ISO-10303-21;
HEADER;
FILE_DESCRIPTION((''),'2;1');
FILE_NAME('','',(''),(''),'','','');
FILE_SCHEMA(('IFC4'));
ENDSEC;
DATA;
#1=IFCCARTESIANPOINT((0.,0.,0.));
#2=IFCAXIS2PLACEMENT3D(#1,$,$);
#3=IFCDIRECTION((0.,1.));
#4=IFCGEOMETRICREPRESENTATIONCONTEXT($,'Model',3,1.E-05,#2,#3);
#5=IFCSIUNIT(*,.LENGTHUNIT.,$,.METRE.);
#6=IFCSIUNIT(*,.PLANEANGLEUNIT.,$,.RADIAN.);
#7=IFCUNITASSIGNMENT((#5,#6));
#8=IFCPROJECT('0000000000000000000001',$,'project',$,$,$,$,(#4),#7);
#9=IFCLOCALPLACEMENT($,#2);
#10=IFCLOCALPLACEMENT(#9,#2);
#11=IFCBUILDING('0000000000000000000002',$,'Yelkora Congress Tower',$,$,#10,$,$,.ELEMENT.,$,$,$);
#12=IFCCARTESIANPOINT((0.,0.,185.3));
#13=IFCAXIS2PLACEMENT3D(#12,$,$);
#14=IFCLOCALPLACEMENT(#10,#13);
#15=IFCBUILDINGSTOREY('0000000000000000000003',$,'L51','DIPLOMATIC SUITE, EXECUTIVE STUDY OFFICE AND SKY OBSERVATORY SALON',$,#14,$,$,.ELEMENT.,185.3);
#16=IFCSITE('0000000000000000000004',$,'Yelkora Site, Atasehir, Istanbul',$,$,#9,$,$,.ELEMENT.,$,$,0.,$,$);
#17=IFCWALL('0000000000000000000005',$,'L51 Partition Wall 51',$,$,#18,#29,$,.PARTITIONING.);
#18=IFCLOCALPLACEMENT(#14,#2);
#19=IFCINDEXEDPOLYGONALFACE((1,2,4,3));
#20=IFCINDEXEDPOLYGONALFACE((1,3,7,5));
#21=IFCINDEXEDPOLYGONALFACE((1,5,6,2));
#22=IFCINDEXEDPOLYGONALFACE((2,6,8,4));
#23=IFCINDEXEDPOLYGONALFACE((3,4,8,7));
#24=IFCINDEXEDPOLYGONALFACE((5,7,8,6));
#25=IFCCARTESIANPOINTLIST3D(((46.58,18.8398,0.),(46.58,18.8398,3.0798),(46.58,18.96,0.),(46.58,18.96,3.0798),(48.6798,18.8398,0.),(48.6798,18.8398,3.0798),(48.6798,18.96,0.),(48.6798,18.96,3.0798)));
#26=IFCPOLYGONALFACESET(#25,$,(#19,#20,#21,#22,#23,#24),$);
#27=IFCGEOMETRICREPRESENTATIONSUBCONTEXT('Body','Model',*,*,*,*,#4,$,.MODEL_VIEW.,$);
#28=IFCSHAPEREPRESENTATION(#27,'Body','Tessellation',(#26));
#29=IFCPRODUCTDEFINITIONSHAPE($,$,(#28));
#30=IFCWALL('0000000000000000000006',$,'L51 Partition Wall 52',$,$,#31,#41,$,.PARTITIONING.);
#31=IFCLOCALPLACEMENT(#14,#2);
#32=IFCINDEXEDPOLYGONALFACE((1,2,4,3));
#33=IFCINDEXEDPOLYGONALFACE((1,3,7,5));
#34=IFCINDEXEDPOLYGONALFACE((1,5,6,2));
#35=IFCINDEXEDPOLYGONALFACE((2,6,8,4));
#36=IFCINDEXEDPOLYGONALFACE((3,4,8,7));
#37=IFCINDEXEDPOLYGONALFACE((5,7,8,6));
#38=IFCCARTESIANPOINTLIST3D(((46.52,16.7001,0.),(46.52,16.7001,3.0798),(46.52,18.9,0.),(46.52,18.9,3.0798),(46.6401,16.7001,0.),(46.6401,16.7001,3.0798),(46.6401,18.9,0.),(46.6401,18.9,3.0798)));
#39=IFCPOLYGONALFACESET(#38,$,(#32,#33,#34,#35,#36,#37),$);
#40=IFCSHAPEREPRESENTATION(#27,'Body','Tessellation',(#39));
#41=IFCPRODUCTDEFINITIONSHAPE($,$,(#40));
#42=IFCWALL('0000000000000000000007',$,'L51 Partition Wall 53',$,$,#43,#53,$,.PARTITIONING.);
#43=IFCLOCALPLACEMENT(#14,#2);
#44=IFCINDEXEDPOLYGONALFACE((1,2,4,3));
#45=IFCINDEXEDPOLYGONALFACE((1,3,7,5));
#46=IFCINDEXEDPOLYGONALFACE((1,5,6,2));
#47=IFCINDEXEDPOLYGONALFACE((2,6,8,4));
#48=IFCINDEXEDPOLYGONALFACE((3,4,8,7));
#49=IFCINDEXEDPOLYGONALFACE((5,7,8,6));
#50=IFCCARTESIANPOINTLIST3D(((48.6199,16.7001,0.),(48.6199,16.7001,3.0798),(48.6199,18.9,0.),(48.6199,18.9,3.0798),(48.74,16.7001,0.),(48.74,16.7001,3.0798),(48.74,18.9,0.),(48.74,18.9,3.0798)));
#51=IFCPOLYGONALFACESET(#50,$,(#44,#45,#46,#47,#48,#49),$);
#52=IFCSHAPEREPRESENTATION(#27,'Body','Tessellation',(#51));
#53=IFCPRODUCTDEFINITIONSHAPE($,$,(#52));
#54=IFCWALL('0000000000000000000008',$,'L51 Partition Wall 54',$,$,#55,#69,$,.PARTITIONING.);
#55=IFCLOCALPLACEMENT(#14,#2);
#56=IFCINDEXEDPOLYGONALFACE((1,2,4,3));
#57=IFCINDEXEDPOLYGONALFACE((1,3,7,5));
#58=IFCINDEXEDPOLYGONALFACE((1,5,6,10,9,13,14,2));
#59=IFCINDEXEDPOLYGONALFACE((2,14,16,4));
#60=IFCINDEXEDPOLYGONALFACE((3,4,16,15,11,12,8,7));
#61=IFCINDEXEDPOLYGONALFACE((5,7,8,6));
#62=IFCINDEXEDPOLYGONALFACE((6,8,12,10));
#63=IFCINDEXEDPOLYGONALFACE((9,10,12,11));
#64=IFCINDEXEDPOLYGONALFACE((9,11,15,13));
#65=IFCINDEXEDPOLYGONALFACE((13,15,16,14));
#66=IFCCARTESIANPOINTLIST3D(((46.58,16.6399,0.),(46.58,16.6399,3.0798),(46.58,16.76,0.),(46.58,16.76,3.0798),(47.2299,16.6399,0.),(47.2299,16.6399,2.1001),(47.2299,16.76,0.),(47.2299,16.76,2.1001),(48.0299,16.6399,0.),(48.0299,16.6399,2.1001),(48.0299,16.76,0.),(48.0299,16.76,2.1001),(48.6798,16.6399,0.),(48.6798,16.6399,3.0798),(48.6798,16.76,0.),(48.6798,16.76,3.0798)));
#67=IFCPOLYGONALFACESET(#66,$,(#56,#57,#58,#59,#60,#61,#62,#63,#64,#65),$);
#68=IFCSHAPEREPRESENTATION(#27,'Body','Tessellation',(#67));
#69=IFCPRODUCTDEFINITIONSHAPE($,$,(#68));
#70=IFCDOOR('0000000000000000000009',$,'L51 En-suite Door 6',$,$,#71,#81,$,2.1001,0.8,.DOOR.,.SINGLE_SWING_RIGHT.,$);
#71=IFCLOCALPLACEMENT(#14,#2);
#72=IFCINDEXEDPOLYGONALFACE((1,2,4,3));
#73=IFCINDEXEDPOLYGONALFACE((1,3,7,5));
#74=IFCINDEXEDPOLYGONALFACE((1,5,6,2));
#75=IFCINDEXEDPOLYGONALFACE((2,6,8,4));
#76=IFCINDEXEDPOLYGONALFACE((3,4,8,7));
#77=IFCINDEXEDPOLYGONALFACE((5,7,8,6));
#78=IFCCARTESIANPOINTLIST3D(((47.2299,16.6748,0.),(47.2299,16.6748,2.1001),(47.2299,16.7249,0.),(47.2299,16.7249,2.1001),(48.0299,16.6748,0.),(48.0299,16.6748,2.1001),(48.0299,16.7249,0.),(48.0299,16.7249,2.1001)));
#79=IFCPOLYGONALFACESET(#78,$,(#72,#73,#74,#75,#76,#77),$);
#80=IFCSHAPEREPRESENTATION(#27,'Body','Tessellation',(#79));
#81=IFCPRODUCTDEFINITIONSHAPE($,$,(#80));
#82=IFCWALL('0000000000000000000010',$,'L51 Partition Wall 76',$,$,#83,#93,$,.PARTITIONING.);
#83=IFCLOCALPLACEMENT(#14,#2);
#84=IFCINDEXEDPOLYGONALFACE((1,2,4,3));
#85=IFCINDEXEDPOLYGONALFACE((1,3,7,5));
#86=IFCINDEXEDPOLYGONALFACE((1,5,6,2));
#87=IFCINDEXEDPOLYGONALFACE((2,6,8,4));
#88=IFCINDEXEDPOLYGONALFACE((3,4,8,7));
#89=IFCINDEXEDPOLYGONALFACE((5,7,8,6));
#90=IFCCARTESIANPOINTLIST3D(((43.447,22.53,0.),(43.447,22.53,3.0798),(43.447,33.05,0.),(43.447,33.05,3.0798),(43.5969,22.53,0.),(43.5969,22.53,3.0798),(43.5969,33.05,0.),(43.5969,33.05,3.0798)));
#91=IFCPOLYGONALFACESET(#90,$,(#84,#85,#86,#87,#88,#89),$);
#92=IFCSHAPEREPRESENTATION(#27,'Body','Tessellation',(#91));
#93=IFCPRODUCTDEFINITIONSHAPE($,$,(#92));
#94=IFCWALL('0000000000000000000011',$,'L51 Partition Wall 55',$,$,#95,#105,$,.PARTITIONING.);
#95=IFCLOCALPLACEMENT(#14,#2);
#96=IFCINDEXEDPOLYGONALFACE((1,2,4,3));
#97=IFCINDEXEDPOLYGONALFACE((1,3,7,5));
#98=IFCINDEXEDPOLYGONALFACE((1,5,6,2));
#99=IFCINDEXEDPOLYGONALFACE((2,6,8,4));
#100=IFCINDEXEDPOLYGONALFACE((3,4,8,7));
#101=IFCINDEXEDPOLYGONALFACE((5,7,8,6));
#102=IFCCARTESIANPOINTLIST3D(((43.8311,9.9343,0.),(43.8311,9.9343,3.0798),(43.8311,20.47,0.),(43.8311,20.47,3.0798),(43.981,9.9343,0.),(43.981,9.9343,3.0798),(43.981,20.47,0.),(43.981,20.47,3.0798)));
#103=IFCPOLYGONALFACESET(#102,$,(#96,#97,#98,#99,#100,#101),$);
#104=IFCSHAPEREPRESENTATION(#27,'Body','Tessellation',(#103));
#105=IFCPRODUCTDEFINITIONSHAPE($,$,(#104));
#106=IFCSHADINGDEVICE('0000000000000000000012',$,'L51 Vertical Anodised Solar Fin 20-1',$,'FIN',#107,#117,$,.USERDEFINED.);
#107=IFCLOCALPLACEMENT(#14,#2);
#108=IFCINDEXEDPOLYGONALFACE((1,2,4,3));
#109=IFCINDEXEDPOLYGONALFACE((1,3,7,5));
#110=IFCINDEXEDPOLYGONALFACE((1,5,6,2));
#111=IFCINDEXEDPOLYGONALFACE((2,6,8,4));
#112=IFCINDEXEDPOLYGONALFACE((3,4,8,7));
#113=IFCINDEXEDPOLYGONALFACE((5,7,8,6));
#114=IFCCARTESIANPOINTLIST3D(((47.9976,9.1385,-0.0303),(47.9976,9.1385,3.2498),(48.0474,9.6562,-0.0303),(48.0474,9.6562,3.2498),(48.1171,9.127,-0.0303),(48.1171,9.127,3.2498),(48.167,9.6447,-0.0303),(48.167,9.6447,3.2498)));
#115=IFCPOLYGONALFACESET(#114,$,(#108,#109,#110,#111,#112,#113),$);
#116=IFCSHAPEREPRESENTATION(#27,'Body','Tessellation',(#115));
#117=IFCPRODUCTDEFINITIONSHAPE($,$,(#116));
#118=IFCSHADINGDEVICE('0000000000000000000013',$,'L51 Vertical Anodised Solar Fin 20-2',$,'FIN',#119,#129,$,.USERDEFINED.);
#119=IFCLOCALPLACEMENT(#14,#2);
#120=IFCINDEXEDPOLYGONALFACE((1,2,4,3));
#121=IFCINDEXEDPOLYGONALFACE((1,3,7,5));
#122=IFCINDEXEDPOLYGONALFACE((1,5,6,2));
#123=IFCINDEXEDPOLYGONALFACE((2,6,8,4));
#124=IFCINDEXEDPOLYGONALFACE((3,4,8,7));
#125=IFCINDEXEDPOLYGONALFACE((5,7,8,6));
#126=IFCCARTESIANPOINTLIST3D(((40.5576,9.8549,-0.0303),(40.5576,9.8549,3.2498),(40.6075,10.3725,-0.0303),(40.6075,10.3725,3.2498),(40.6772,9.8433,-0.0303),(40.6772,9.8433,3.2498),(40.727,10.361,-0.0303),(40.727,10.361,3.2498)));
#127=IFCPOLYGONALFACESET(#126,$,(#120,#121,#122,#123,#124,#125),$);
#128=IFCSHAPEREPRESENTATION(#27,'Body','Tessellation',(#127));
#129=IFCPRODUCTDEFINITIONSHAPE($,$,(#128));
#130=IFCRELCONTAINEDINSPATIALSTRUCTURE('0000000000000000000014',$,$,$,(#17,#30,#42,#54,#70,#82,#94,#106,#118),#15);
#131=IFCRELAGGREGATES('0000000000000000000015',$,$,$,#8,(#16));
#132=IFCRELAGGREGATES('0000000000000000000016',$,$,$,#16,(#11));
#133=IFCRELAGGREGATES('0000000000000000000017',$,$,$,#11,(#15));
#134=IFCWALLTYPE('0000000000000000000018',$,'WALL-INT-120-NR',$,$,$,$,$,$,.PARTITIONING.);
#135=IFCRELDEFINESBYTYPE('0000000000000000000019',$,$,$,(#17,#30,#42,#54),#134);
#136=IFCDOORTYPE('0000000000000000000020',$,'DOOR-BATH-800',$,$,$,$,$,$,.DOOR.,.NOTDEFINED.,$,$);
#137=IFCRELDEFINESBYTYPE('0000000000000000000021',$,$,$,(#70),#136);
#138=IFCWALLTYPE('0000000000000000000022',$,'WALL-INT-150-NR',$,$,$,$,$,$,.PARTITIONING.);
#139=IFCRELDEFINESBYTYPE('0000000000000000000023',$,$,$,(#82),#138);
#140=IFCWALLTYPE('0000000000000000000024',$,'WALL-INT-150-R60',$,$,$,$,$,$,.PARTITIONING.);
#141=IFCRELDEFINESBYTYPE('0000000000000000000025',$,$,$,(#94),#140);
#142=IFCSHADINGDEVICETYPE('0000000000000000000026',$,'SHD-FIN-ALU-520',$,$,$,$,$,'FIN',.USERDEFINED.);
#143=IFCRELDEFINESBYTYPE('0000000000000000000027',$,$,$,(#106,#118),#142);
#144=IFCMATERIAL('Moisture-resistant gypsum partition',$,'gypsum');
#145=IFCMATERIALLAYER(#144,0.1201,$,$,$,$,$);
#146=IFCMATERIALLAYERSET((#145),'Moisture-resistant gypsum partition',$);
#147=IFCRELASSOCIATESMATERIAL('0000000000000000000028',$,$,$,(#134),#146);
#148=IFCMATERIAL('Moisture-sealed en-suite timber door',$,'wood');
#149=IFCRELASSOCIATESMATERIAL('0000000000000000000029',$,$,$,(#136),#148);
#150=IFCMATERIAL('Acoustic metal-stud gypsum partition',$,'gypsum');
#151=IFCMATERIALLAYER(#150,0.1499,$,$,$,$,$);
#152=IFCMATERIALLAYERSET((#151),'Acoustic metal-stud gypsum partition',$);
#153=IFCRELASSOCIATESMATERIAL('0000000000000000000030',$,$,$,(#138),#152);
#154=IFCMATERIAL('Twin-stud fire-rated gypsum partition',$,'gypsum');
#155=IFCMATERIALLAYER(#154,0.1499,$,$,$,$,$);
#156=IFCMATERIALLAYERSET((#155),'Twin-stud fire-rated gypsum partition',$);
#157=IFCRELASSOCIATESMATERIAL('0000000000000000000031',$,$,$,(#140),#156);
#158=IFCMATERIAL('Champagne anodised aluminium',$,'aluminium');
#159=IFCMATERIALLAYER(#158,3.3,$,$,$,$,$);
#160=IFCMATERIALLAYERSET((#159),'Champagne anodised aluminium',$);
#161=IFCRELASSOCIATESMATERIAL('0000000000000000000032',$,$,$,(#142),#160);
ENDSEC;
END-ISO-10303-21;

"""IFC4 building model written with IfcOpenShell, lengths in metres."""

from ifc_helpers import new_model, si_unit, direction, frame, frame_2d, origin, origin_2d, place, context, subcontext, project, spatial, rectangle, extrude, material, layer, layer_set, type_object, element, fill, save


model = new_model("IFC4")

# Units and contexts
model_context = context("Model", 3, precision=1e-05, world=origin(), true_north=direction((0.0, 1.0)))
body_context = subcontext(model_context, "Body", "Model", "MODEL_VIEW")
ifc_project = project(units=[si_unit("LENGTHUNIT", "METRE"), si_unit("PLANEANGLEUNIT", "RADIAN")], contexts=[model_context])

# Site, building, storey
site_placement = place(None, origin())
site = spatial("IfcSite", under=ifc_project, at=site_placement, Name="Yelkora Site, Atasehir, Istanbul", CompositionType="ELEMENT", RefElevation=0.0)
building_placement = place(site_placement, origin())
building = spatial("IfcBuilding", under=site, at=building_placement, Name="Yelkora Congress Tower", CompositionType="ELEMENT")
storey_placement = place(building_placement, frame((0.0, 0.0, 185.3)))
storey = spatial("IfcBuildingStorey", under=building, at=storey_placement, Name="L51", Description="DIPLOMATIC SUITE, EXECUTIVE STUDY OFFICE AND SKY OBSERVATORY SALON", CompositionType="ELEMENT", Elevation=185.3)

# Walls
ifc_material_1 = material(Name="Moisture-resistant gypsum partition", Category="gypsum")
ifc_layer_1 = layer(ifc_material_1, 0.1201)
ifc_layer_set_1 = layer_set([ifc_layer_1], Name="Moisture-resistant gypsum partition")
wall_type_1 = type_object("IfcWallType", Name="WALL-INT-120-NR", PredefinedType="PARTITIONING", material=ifc_layer_set_1)
wall_1_placement = place(storey_placement, frame((46.5801, 18.8999, 0.0), z_axis=(0.0, 0.0, 1.0), x_axis=(1.0, 0.0, 0.0)))
element("IfcWall", 1, at=wall_1_placement, inside=storey, type_object=wall_type_1, Name="L51 Partition Wall 51", PredefinedType="PARTITIONING", context=body_context, shape_type="SweptSolid", body=[
    extrude(rectangle(XDim=2.0999, YDim=0.1201, at=frame_2d((1.0498, 0.0))), origin(), (0.0, 0.0, 1.0), 3.0798),
])
for number, where, z_axis, x_axis, name in (
    (2, (46.5801, 16.7, 0.0), (0.0, 0.0, 1.0), (0.0, 1.0, 0.0), "L51 Partition Wall 52"),
    (3, (48.6799, 16.7, 0.0), (0.0, 0.0, 1.0), (0.0, 1.0, 0.0), "L51 Partition Wall 53"),
):
    element("IfcWall", number, at=place(storey_placement, frame(where, z_axis=z_axis, x_axis=x_axis)), inside=storey, type_object=wall_type_1, Name=name, PredefinedType="PARTITIONING", context=body_context, shape_type="SweptSolid", body=[
        extrude(rectangle(XDim=2.2, YDim=0.1201, at=frame_2d((1.1001, 0.0))), origin(), (0.0, 0.0, 1.0), 3.0798),
    ])

# Wall, opening, door
wall_2_placement = place(storey_placement, frame((46.5801, 16.7, 0.0), z_axis=(0.0, 0.0, 1.0), x_axis=(1.0, 0.0, 0.0)))
wall_2 = element("IfcWall", 4, at=wall_2_placement, inside=storey, type_object=wall_type_1, Name="L51 Partition Wall 54", PredefinedType="PARTITIONING", context=body_context, shape_type="SweptSolid", body=[
    extrude(rectangle(XDim=2.0999, YDim=0.1201, at=frame_2d((1.0498, 0.0))), origin(), (0.0, 0.0, 1.0), 3.0798),
])
opening_placement = place(wall_2_placement, frame((0.6499, 0.0, 0.0)))
opening = element("IfcOpeningElement", 5, at=opening_placement, cuts=wall_2, PredefinedType="OPENING", context=body_context, shape_type="SweptSolid", body=[
    extrude(rectangle(XDim=0.8, YDim=2.1001, at=frame_2d((0.3999, 1.05))), frame((0.0, 0.0701, 0.0), z_axis=(0.0, -1.0, 0.0), x_axis=(1.0, 0.0, 0.0)), (0.0, 0.0, 1.0), 0.1401),
])
ifc_material_2 = material(Name="Moisture-sealed en-suite timber door", Category="wood")
door_type = type_object("IfcDoorType", Name="DOOR-BATH-800", OperationType="NOTDEFINED", PredefinedType="DOOR", material=ifc_material_2)
door_placement = place(opening_placement, origin())
door = element("IfcDoor", 6, at=door_placement, inside=storey, type_object=door_type, Name="L51 En-suite Door 6", OperationType="SINGLE_SWING_RIGHT", OverallHeight=2.1001, OverallWidth=0.8, PredefinedType="DOOR", context=body_context, shape_type="SweptSolid", body=[
    extrude(rectangle(XDim=0.8, YDim=2.1001, at=frame_2d((0.3999, 1.05))), frame((0.0, 0.0249, 0.0), z_axis=(0.0, -1.0, 0.0), x_axis=(1.0, 0.0, 0.0)), (0.0, 0.0, 1.0), 0.05),
])
fill(opening, door)

# Walls
ifc_material_3 = material(Name="Acoustic metal-stud gypsum partition", Category="gypsum")
ifc_layer_2 = layer(ifc_material_3, 0.1499)
ifc_layer_set_2 = layer_set([ifc_layer_2], Name="Acoustic metal-stud gypsum partition")
wall_type_2 = type_object("IfcWallType", Name="WALL-INT-150-NR", PredefinedType="PARTITIONING", material=ifc_layer_set_2)
wall_3_placement = place(storey_placement, frame((43.522, 22.53, 0.0), z_axis=(0.0, 0.0, 1.0), x_axis=(0.0, 1.0, 0.0)))
element("IfcWall", 7, at=wall_3_placement, inside=storey, type_object=wall_type_2, Name="L51 Partition Wall 76", PredefinedType="PARTITIONING", context=body_context, shape_type="SweptSolid", body=[
    extrude(rectangle(XDim=10.52, YDim=0.1499, at=frame_2d((5.26, 0.0))), origin(), (0.0, 0.0, 1.0), 3.0798),
])
ifc_material_4 = material(Name="Twin-stud fire-rated gypsum partition", Category="gypsum")
ifc_layer_3 = layer(ifc_material_4, 0.1499)
ifc_layer_set_3 = layer_set([ifc_layer_3], Name="Twin-stud fire-rated gypsum partition")
wall_type_3 = type_object("IfcWallType", Name="WALL-INT-150-R60", PredefinedType="PARTITIONING", material=ifc_layer_set_3)
wall_4_placement = place(storey_placement, frame((43.906, 9.9343, 0.0), z_axis=(0.0, 0.0, 1.0), x_axis=(0.0, 1.0, 0.0)))
element("IfcWall", 8, at=wall_4_placement, inside=storey, type_object=wall_type_3, Name="L51 Partition Wall 55", PredefinedType="PARTITIONING", context=body_context, shape_type="SweptSolid", body=[
    extrude(rectangle(XDim=10.5356, YDim=0.1499, at=frame_2d((5.2678, 0.0))), origin(), (0.0, 0.0, 1.0), 3.0798),
])

# Shading devices
ifc_material_5 = material(Name="Champagne anodised aluminium", Category="aluminium")
ifc_layer_4 = layer(ifc_material_5, 3.3)
ifc_layer_set_4 = layer_set([ifc_layer_4], Name="Champagne anodised aluminium")
shading_device_type = type_object("IfcShadingDeviceType", Name="SHD-FIN-ALU-520", ElementType="FIN", PredefinedType="USERDEFINED", material=ifc_layer_set_4)
for number, where, z_axis, x_axis, name in (
    (9, (48.0823, 9.3916, -0.0303), (0.0, 0.0, 1.0), (-0.995396, 0.095846, 0.0), "L51 Vertical Anodised Solar Fin 20-1"),
    (10, (40.6423, 10.1079, -0.0303), (0.0, 0.0, 1.0), (-0.995396, 0.095846, 0.0), "L51 Vertical Anodised Solar Fin 20-2"),
):
    element("IfcShadingDevice", number, at=place(storey_placement, frame(where, z_axis=z_axis, x_axis=x_axis)), inside=storey, type_object=shading_device_type, Name=name, ObjectType="FIN", PredefinedType="USERDEFINED", context=body_context, shape_type="SweptSolid", body=[
        extrude(rectangle(XDim=0.1201, YDim=0.52, at=origin_2d()), origin(), (0.0, 0.0, 1.0), 3.28),
    ])

save(model, "model.ifc")
